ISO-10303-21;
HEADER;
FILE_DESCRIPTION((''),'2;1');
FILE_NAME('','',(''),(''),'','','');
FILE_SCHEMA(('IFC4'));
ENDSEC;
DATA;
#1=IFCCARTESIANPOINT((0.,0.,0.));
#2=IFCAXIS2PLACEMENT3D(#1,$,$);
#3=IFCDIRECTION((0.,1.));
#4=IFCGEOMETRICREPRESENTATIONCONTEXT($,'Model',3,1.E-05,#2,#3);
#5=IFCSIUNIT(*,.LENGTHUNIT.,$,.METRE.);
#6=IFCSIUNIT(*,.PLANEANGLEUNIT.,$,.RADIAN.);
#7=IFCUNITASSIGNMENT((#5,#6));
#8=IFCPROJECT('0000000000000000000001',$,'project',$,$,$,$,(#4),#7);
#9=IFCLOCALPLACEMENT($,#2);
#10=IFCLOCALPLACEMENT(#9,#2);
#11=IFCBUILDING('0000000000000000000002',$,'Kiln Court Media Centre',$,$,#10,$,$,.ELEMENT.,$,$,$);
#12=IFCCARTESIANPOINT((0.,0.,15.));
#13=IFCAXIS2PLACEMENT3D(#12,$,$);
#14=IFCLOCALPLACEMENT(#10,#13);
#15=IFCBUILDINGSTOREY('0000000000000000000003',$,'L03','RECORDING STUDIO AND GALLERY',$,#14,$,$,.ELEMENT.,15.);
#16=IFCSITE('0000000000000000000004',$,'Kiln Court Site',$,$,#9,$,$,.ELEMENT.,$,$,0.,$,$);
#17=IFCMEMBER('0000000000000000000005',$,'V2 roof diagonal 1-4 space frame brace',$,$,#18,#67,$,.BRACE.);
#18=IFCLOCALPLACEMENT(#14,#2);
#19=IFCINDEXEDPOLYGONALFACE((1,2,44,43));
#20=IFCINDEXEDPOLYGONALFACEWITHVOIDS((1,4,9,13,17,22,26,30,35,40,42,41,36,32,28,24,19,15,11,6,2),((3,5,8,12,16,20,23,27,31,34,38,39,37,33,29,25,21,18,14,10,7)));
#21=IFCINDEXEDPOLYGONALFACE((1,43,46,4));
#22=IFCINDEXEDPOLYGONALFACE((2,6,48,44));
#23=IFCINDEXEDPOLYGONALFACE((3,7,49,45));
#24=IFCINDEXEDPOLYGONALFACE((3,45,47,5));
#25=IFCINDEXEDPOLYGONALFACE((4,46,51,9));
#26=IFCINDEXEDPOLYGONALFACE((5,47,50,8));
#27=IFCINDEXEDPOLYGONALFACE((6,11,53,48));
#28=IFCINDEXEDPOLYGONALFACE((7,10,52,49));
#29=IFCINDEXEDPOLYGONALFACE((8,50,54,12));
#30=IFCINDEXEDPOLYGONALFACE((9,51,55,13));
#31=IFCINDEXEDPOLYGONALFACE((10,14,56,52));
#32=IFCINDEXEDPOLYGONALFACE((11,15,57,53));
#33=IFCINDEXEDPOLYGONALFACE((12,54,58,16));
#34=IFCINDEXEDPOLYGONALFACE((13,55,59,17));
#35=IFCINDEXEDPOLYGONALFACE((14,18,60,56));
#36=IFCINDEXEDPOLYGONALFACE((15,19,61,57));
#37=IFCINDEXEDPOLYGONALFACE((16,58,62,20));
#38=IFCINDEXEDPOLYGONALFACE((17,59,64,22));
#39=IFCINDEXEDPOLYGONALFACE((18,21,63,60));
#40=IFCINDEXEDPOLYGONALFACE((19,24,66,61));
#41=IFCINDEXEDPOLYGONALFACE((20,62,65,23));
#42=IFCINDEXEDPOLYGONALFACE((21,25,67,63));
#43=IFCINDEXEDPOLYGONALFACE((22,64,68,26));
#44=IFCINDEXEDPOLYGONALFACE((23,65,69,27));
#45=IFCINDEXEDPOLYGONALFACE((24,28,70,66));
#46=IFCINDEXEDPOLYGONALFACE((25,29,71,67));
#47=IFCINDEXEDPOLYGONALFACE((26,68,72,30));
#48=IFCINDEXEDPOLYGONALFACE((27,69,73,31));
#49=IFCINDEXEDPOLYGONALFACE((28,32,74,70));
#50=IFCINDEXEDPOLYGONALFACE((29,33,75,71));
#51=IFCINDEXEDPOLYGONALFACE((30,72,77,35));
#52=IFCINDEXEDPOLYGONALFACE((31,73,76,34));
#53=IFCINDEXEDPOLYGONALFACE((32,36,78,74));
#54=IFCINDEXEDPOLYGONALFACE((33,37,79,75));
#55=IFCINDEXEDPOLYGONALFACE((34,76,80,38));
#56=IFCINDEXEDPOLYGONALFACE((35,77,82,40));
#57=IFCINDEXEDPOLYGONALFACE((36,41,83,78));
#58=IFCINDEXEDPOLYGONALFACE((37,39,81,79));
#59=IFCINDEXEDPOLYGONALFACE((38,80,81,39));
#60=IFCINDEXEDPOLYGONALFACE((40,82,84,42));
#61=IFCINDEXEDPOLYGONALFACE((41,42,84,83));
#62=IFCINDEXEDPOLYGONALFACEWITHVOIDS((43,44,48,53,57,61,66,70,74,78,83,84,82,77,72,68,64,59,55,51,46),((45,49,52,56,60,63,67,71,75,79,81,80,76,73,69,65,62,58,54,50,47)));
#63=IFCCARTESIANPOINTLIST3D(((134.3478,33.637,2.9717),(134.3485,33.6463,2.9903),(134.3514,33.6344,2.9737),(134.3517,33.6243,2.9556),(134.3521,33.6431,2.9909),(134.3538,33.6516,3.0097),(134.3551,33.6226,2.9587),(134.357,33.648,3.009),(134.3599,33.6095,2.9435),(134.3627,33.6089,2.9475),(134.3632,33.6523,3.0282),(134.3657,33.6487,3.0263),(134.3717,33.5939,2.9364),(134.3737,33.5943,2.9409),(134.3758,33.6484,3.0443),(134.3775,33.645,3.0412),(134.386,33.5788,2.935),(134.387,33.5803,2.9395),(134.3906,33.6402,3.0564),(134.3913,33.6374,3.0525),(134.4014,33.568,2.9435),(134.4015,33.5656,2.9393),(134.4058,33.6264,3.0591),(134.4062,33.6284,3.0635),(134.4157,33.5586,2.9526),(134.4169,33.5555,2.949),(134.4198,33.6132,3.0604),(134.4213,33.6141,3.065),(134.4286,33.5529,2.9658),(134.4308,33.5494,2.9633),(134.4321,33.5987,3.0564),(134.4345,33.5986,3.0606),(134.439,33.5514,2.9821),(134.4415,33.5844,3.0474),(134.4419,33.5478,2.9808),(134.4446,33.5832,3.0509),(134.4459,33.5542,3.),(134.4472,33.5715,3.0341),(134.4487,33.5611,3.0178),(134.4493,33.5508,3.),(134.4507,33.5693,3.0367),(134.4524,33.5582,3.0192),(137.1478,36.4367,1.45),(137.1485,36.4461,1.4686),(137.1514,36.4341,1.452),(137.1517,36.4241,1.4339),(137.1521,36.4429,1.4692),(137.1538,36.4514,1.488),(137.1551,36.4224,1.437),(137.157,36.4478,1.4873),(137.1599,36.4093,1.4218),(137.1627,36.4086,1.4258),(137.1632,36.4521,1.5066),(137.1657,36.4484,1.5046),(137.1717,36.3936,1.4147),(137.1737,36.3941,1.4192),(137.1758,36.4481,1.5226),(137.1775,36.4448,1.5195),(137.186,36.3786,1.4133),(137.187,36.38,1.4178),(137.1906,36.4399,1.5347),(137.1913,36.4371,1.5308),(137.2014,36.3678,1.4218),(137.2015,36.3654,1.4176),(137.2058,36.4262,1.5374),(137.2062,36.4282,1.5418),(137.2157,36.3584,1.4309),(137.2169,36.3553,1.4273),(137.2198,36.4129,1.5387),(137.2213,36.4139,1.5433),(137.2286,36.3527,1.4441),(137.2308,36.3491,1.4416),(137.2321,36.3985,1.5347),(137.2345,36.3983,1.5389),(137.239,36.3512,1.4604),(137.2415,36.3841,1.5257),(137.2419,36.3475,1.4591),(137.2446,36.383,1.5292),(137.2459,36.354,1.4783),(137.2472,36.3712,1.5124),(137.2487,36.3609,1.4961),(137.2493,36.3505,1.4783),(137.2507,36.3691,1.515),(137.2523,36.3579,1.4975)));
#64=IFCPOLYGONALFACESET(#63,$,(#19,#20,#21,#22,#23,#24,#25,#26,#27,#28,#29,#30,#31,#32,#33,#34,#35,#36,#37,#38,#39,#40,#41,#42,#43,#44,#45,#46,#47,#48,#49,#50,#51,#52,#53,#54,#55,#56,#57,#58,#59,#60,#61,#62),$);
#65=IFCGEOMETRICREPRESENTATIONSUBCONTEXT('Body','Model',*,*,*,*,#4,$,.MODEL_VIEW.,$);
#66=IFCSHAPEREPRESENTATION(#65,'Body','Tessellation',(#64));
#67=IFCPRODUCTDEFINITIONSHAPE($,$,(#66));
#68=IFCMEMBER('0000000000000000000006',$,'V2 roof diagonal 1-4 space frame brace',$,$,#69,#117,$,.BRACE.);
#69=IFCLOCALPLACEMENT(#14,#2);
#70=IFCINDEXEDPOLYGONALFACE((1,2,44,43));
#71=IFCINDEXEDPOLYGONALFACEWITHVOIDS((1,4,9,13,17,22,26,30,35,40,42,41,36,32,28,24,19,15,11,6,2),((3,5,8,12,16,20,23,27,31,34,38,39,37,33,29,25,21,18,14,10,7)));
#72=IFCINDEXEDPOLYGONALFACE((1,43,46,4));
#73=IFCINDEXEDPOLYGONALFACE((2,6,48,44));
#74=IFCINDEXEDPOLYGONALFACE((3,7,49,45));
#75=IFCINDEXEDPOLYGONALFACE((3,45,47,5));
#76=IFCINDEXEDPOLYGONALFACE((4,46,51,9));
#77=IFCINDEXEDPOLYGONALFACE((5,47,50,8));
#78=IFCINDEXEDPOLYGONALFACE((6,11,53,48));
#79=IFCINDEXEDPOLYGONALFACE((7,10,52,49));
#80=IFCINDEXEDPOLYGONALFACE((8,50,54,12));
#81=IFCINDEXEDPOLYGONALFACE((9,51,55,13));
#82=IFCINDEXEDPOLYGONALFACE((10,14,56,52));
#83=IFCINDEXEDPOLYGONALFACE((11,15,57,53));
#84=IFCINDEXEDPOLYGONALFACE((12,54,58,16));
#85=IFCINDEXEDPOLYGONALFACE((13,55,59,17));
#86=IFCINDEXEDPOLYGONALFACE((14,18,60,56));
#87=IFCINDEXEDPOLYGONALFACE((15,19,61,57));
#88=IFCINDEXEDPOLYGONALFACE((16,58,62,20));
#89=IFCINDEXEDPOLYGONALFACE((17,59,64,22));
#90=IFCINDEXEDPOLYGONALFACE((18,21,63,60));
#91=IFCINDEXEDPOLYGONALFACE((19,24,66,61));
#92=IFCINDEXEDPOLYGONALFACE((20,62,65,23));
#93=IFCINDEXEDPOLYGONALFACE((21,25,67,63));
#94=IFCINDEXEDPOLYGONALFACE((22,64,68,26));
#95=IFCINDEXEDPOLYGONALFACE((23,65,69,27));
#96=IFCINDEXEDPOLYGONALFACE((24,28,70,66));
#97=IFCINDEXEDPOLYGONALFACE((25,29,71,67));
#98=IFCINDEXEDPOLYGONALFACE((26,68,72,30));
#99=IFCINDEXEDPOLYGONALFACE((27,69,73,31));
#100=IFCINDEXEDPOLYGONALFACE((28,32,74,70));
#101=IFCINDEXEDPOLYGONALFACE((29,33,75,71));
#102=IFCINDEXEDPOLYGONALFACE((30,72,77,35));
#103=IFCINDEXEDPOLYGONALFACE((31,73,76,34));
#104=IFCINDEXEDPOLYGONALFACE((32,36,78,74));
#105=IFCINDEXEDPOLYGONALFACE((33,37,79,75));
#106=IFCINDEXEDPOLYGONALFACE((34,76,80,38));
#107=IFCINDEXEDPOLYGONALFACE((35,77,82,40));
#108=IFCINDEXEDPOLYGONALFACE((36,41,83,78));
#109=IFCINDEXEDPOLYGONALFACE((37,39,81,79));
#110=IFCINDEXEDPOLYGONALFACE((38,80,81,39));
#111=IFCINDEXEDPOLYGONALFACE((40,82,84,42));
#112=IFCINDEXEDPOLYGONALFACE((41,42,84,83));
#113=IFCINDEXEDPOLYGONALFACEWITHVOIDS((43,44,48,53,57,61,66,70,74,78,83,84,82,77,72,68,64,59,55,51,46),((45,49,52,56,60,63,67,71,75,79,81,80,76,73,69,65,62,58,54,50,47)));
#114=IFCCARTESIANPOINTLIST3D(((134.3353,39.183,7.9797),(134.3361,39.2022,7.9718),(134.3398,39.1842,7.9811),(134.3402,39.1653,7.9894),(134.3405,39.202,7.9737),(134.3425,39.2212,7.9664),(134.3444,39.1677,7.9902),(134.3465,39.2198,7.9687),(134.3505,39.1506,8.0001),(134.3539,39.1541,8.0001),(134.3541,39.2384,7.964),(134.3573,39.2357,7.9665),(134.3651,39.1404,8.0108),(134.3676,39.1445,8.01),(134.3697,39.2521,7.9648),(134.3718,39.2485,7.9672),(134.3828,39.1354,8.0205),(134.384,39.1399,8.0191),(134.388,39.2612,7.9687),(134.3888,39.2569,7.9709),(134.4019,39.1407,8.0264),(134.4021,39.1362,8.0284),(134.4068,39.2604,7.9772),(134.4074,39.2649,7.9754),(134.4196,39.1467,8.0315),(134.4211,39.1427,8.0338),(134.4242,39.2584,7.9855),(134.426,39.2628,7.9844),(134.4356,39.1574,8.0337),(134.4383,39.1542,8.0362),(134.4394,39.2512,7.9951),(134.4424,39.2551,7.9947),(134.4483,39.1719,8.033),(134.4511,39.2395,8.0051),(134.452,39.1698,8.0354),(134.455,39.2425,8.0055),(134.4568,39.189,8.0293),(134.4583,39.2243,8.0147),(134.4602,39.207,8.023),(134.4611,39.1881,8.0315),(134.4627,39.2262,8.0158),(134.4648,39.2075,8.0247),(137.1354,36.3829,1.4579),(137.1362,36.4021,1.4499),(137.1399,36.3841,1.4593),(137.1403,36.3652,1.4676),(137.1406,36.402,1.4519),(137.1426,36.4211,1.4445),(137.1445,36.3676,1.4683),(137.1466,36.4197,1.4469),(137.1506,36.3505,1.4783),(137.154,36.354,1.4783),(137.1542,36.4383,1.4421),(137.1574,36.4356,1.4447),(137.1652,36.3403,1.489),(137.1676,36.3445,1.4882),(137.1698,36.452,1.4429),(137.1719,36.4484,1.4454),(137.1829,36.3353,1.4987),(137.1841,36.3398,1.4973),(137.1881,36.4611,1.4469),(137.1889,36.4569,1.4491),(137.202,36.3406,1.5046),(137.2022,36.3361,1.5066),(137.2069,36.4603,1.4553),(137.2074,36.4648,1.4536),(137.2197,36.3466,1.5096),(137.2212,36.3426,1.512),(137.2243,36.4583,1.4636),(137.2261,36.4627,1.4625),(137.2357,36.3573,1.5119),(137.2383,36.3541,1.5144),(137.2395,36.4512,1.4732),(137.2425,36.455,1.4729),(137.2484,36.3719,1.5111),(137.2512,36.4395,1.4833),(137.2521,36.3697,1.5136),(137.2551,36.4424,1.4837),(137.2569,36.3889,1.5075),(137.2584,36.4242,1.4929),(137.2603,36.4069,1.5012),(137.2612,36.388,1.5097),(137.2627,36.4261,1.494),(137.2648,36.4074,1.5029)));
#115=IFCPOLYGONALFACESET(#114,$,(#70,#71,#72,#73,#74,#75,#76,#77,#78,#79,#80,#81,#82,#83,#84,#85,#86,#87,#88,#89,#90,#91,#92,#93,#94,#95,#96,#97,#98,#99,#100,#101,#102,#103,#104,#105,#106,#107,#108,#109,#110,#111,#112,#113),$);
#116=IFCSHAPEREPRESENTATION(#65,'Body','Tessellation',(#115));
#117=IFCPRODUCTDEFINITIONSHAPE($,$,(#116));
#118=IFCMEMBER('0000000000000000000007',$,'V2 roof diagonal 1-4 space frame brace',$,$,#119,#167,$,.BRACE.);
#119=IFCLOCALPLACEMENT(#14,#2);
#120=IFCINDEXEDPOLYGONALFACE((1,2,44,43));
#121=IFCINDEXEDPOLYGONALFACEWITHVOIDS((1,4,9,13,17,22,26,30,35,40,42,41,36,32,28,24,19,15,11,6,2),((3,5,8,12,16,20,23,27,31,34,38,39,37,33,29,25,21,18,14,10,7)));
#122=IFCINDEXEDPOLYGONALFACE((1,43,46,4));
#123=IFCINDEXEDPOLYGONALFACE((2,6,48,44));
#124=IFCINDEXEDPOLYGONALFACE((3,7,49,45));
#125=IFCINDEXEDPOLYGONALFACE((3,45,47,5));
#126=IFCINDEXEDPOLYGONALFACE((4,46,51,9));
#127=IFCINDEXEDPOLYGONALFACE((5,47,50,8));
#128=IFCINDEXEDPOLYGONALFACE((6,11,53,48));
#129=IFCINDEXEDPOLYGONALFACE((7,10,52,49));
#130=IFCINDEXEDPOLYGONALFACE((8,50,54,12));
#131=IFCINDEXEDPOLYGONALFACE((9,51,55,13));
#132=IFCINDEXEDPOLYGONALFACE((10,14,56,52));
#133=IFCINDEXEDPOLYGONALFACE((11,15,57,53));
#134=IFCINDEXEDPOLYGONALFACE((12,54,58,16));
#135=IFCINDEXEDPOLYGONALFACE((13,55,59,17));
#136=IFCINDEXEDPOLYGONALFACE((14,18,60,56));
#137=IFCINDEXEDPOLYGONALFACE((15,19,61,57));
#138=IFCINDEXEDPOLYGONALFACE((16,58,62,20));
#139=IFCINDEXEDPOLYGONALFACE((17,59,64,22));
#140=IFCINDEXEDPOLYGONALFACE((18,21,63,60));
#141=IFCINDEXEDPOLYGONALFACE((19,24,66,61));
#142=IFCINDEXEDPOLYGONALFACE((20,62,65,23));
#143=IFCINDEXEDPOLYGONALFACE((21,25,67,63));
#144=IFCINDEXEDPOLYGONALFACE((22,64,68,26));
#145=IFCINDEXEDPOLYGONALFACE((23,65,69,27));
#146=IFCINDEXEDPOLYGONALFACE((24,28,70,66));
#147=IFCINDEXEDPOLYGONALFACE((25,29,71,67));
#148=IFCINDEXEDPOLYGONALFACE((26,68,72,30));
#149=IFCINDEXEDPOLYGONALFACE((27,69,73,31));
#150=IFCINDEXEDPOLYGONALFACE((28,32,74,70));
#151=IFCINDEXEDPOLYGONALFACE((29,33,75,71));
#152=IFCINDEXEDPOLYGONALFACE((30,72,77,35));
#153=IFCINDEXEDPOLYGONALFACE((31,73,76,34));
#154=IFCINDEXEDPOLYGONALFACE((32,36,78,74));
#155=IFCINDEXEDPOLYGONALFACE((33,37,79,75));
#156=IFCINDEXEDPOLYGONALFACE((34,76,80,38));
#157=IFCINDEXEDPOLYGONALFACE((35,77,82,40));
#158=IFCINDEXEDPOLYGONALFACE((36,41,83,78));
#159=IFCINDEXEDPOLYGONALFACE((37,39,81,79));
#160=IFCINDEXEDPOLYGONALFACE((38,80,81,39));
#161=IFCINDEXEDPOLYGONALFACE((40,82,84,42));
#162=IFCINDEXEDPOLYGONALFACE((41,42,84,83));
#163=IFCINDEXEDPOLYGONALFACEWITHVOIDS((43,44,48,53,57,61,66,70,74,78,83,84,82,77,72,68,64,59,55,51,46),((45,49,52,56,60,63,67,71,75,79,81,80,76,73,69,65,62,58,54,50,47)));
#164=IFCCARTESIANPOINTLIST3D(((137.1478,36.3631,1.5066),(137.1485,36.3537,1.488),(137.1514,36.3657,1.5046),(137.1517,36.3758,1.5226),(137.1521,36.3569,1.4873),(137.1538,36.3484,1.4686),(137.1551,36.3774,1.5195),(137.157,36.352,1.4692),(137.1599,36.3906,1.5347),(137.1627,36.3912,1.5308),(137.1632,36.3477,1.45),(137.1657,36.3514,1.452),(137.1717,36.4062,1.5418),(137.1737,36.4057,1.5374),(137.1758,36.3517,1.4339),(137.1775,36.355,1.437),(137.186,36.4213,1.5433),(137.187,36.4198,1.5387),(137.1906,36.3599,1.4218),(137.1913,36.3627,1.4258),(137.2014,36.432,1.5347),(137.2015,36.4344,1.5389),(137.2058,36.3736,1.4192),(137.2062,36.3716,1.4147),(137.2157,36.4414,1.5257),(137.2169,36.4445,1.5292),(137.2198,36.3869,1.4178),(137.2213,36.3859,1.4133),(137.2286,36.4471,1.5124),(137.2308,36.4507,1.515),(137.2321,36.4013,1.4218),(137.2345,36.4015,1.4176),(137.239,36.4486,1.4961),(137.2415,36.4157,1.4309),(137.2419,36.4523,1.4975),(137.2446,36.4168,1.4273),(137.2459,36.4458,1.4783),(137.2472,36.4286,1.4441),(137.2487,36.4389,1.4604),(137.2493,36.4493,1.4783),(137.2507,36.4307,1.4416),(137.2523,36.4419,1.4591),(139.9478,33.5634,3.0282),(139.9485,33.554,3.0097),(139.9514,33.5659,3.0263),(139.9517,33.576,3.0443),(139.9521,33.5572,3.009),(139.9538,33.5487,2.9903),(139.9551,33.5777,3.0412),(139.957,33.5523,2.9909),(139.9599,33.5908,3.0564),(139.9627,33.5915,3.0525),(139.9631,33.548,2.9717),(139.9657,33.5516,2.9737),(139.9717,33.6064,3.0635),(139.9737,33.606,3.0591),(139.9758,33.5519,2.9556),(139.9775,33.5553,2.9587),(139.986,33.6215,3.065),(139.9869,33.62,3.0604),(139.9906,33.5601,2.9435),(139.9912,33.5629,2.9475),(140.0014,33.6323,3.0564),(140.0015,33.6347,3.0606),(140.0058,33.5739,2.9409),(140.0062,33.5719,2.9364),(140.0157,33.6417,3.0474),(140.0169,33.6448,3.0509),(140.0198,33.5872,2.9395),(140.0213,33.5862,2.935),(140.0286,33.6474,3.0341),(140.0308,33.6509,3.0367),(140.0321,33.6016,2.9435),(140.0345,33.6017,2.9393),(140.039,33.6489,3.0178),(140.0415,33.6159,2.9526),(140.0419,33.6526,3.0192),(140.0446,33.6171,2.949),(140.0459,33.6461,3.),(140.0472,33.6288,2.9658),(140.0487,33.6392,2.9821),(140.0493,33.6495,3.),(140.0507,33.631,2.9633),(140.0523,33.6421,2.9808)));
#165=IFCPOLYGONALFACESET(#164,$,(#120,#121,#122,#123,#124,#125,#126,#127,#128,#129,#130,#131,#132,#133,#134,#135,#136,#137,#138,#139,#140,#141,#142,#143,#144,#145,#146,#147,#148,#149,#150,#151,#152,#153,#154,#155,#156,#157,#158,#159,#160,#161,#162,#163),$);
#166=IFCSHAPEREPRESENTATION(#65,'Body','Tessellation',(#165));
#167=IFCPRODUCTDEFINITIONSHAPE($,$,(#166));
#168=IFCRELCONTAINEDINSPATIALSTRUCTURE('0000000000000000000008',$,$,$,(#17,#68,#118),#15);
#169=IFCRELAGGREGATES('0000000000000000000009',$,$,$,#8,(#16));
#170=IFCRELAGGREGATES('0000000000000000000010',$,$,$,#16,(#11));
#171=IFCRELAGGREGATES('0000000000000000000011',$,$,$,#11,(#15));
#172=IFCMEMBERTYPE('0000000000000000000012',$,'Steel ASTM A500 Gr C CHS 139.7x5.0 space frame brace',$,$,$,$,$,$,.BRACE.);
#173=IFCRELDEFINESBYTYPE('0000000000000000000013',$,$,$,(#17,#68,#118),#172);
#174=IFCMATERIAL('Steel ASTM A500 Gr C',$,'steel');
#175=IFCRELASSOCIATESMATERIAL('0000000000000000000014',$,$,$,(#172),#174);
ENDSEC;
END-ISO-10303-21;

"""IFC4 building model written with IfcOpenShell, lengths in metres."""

from ifc_helpers import new_model, si_unit, direction, frame, origin, origin_2d, place, context, subcontext, project, spatial, hollow_circle, extrude, material, material_profile, profile_set, type_object, element, save


model = new_model("IFC4")

# Units and contexts
model_context = context("Model", 3, precision=1e-05, world=origin(), true_north=direction((0.0, 1.0)))
body_context = subcontext(model_context, "Body", "Model", "MODEL_VIEW")
ifc_project = project(units=[si_unit("LENGTHUNIT", "METRE"), si_unit("PLANEANGLEUNIT", "RADIAN")], contexts=[model_context])

# Site, building, storey
site_placement = place(None, origin())
site = spatial("IfcSite", under=ifc_project, at=site_placement, Name="Kiln Court Site", CompositionType="ELEMENT", RefElevation=0.0)
building_placement = place(site_placement, origin())
building = spatial("IfcBuilding", under=site, at=building_placement, Name="Kiln Court Media Centre", CompositionType="ELEMENT")
storey_placement = place(building_placement, frame((0.0, 0.0, 15.0)))
storey = spatial("IfcBuildingStorey", under=building, at=storey_placement, Name="L03", Description="RECORDING STUDIO AND GALLERY", CompositionType="ELEMENT", Elevation=15.0)

# Members
ifc_material_1 = material(Name="Steel ASTM A500 Gr C", Category="steel")
ifc_material_profile_1 = material_profile(ifc_material_1, hollow_circle(Radius=0.0698, WallThickness=0.0049, at=origin_2d()), Name="CHS 139.7x5.0")
ifc_profile_set_1 = profile_set([ifc_material_profile_1], Name="Steel ASTM A500 Gr C")
member_type_1 = type_object("IfcMemberType", Name="Steel ASTM A500 Gr C CHS 139.7x5.0 space frame brace", PredefinedType="BRACE", material=ifc_profile_set_1)
member_1_placement = place(storey_placement, frame((137.2, 36.3999, 1.4783), z_axis=(-0.660073, -0.660015, 0.358726), x_axis=(0.707076, -0.707138, 0.0)))
element("IfcMember", 1, at=member_1_placement, inside=storey, type_object=member_type_1, Name="V2 roof diagonal 1-4 space frame brace", PredefinedType="BRACE", context=body_context, shape_type="SweptSolid", body=[
    extrude(hollow_circle(Radius=0.0698, WallThickness=0.0049, at=origin_2d()), origin(), (0.0, 0.0, 1.0), 4.2419),
])
member_2_placement = place(storey_placement, frame((137.2, 36.3999, 1.4783), z_axis=(-0.36699, 0.36699, 0.854773), x_axis=(-0.707107, -0.707107, 0.0)))
element("IfcMember", 2, at=member_2_placement, inside=storey, type_object=member_type_1, Name="V2 roof diagonal 1-4 space frame brace", PredefinedType="BRACE", context=body_context, shape_type="SweptSolid", body=[
    extrude(hollow_circle(Radius=0.0698, WallThickness=0.0049, at=origin_2d()), origin(), (0.0, 0.0, 1.0), 7.6299),
])
member_3_placement = place(storey_placement, frame((137.2, 36.3999, 1.4783), z_axis=(0.660073, -0.660015, 0.358726), x_axis=(0.707076, 0.707138, 0.0)))
element("IfcMember", 3, at=member_3_placement, inside=storey, type_object=member_type_1, Name="V2 roof diagonal 1-4 space frame brace", PredefinedType="BRACE", context=body_context, shape_type="SweptSolid", body=[
    extrude(hollow_circle(Radius=0.0698, WallThickness=0.0049, at=origin_2d()), origin(), (0.0, 0.0, 1.0), 4.2419),
])

save(model, "model.ifc")
